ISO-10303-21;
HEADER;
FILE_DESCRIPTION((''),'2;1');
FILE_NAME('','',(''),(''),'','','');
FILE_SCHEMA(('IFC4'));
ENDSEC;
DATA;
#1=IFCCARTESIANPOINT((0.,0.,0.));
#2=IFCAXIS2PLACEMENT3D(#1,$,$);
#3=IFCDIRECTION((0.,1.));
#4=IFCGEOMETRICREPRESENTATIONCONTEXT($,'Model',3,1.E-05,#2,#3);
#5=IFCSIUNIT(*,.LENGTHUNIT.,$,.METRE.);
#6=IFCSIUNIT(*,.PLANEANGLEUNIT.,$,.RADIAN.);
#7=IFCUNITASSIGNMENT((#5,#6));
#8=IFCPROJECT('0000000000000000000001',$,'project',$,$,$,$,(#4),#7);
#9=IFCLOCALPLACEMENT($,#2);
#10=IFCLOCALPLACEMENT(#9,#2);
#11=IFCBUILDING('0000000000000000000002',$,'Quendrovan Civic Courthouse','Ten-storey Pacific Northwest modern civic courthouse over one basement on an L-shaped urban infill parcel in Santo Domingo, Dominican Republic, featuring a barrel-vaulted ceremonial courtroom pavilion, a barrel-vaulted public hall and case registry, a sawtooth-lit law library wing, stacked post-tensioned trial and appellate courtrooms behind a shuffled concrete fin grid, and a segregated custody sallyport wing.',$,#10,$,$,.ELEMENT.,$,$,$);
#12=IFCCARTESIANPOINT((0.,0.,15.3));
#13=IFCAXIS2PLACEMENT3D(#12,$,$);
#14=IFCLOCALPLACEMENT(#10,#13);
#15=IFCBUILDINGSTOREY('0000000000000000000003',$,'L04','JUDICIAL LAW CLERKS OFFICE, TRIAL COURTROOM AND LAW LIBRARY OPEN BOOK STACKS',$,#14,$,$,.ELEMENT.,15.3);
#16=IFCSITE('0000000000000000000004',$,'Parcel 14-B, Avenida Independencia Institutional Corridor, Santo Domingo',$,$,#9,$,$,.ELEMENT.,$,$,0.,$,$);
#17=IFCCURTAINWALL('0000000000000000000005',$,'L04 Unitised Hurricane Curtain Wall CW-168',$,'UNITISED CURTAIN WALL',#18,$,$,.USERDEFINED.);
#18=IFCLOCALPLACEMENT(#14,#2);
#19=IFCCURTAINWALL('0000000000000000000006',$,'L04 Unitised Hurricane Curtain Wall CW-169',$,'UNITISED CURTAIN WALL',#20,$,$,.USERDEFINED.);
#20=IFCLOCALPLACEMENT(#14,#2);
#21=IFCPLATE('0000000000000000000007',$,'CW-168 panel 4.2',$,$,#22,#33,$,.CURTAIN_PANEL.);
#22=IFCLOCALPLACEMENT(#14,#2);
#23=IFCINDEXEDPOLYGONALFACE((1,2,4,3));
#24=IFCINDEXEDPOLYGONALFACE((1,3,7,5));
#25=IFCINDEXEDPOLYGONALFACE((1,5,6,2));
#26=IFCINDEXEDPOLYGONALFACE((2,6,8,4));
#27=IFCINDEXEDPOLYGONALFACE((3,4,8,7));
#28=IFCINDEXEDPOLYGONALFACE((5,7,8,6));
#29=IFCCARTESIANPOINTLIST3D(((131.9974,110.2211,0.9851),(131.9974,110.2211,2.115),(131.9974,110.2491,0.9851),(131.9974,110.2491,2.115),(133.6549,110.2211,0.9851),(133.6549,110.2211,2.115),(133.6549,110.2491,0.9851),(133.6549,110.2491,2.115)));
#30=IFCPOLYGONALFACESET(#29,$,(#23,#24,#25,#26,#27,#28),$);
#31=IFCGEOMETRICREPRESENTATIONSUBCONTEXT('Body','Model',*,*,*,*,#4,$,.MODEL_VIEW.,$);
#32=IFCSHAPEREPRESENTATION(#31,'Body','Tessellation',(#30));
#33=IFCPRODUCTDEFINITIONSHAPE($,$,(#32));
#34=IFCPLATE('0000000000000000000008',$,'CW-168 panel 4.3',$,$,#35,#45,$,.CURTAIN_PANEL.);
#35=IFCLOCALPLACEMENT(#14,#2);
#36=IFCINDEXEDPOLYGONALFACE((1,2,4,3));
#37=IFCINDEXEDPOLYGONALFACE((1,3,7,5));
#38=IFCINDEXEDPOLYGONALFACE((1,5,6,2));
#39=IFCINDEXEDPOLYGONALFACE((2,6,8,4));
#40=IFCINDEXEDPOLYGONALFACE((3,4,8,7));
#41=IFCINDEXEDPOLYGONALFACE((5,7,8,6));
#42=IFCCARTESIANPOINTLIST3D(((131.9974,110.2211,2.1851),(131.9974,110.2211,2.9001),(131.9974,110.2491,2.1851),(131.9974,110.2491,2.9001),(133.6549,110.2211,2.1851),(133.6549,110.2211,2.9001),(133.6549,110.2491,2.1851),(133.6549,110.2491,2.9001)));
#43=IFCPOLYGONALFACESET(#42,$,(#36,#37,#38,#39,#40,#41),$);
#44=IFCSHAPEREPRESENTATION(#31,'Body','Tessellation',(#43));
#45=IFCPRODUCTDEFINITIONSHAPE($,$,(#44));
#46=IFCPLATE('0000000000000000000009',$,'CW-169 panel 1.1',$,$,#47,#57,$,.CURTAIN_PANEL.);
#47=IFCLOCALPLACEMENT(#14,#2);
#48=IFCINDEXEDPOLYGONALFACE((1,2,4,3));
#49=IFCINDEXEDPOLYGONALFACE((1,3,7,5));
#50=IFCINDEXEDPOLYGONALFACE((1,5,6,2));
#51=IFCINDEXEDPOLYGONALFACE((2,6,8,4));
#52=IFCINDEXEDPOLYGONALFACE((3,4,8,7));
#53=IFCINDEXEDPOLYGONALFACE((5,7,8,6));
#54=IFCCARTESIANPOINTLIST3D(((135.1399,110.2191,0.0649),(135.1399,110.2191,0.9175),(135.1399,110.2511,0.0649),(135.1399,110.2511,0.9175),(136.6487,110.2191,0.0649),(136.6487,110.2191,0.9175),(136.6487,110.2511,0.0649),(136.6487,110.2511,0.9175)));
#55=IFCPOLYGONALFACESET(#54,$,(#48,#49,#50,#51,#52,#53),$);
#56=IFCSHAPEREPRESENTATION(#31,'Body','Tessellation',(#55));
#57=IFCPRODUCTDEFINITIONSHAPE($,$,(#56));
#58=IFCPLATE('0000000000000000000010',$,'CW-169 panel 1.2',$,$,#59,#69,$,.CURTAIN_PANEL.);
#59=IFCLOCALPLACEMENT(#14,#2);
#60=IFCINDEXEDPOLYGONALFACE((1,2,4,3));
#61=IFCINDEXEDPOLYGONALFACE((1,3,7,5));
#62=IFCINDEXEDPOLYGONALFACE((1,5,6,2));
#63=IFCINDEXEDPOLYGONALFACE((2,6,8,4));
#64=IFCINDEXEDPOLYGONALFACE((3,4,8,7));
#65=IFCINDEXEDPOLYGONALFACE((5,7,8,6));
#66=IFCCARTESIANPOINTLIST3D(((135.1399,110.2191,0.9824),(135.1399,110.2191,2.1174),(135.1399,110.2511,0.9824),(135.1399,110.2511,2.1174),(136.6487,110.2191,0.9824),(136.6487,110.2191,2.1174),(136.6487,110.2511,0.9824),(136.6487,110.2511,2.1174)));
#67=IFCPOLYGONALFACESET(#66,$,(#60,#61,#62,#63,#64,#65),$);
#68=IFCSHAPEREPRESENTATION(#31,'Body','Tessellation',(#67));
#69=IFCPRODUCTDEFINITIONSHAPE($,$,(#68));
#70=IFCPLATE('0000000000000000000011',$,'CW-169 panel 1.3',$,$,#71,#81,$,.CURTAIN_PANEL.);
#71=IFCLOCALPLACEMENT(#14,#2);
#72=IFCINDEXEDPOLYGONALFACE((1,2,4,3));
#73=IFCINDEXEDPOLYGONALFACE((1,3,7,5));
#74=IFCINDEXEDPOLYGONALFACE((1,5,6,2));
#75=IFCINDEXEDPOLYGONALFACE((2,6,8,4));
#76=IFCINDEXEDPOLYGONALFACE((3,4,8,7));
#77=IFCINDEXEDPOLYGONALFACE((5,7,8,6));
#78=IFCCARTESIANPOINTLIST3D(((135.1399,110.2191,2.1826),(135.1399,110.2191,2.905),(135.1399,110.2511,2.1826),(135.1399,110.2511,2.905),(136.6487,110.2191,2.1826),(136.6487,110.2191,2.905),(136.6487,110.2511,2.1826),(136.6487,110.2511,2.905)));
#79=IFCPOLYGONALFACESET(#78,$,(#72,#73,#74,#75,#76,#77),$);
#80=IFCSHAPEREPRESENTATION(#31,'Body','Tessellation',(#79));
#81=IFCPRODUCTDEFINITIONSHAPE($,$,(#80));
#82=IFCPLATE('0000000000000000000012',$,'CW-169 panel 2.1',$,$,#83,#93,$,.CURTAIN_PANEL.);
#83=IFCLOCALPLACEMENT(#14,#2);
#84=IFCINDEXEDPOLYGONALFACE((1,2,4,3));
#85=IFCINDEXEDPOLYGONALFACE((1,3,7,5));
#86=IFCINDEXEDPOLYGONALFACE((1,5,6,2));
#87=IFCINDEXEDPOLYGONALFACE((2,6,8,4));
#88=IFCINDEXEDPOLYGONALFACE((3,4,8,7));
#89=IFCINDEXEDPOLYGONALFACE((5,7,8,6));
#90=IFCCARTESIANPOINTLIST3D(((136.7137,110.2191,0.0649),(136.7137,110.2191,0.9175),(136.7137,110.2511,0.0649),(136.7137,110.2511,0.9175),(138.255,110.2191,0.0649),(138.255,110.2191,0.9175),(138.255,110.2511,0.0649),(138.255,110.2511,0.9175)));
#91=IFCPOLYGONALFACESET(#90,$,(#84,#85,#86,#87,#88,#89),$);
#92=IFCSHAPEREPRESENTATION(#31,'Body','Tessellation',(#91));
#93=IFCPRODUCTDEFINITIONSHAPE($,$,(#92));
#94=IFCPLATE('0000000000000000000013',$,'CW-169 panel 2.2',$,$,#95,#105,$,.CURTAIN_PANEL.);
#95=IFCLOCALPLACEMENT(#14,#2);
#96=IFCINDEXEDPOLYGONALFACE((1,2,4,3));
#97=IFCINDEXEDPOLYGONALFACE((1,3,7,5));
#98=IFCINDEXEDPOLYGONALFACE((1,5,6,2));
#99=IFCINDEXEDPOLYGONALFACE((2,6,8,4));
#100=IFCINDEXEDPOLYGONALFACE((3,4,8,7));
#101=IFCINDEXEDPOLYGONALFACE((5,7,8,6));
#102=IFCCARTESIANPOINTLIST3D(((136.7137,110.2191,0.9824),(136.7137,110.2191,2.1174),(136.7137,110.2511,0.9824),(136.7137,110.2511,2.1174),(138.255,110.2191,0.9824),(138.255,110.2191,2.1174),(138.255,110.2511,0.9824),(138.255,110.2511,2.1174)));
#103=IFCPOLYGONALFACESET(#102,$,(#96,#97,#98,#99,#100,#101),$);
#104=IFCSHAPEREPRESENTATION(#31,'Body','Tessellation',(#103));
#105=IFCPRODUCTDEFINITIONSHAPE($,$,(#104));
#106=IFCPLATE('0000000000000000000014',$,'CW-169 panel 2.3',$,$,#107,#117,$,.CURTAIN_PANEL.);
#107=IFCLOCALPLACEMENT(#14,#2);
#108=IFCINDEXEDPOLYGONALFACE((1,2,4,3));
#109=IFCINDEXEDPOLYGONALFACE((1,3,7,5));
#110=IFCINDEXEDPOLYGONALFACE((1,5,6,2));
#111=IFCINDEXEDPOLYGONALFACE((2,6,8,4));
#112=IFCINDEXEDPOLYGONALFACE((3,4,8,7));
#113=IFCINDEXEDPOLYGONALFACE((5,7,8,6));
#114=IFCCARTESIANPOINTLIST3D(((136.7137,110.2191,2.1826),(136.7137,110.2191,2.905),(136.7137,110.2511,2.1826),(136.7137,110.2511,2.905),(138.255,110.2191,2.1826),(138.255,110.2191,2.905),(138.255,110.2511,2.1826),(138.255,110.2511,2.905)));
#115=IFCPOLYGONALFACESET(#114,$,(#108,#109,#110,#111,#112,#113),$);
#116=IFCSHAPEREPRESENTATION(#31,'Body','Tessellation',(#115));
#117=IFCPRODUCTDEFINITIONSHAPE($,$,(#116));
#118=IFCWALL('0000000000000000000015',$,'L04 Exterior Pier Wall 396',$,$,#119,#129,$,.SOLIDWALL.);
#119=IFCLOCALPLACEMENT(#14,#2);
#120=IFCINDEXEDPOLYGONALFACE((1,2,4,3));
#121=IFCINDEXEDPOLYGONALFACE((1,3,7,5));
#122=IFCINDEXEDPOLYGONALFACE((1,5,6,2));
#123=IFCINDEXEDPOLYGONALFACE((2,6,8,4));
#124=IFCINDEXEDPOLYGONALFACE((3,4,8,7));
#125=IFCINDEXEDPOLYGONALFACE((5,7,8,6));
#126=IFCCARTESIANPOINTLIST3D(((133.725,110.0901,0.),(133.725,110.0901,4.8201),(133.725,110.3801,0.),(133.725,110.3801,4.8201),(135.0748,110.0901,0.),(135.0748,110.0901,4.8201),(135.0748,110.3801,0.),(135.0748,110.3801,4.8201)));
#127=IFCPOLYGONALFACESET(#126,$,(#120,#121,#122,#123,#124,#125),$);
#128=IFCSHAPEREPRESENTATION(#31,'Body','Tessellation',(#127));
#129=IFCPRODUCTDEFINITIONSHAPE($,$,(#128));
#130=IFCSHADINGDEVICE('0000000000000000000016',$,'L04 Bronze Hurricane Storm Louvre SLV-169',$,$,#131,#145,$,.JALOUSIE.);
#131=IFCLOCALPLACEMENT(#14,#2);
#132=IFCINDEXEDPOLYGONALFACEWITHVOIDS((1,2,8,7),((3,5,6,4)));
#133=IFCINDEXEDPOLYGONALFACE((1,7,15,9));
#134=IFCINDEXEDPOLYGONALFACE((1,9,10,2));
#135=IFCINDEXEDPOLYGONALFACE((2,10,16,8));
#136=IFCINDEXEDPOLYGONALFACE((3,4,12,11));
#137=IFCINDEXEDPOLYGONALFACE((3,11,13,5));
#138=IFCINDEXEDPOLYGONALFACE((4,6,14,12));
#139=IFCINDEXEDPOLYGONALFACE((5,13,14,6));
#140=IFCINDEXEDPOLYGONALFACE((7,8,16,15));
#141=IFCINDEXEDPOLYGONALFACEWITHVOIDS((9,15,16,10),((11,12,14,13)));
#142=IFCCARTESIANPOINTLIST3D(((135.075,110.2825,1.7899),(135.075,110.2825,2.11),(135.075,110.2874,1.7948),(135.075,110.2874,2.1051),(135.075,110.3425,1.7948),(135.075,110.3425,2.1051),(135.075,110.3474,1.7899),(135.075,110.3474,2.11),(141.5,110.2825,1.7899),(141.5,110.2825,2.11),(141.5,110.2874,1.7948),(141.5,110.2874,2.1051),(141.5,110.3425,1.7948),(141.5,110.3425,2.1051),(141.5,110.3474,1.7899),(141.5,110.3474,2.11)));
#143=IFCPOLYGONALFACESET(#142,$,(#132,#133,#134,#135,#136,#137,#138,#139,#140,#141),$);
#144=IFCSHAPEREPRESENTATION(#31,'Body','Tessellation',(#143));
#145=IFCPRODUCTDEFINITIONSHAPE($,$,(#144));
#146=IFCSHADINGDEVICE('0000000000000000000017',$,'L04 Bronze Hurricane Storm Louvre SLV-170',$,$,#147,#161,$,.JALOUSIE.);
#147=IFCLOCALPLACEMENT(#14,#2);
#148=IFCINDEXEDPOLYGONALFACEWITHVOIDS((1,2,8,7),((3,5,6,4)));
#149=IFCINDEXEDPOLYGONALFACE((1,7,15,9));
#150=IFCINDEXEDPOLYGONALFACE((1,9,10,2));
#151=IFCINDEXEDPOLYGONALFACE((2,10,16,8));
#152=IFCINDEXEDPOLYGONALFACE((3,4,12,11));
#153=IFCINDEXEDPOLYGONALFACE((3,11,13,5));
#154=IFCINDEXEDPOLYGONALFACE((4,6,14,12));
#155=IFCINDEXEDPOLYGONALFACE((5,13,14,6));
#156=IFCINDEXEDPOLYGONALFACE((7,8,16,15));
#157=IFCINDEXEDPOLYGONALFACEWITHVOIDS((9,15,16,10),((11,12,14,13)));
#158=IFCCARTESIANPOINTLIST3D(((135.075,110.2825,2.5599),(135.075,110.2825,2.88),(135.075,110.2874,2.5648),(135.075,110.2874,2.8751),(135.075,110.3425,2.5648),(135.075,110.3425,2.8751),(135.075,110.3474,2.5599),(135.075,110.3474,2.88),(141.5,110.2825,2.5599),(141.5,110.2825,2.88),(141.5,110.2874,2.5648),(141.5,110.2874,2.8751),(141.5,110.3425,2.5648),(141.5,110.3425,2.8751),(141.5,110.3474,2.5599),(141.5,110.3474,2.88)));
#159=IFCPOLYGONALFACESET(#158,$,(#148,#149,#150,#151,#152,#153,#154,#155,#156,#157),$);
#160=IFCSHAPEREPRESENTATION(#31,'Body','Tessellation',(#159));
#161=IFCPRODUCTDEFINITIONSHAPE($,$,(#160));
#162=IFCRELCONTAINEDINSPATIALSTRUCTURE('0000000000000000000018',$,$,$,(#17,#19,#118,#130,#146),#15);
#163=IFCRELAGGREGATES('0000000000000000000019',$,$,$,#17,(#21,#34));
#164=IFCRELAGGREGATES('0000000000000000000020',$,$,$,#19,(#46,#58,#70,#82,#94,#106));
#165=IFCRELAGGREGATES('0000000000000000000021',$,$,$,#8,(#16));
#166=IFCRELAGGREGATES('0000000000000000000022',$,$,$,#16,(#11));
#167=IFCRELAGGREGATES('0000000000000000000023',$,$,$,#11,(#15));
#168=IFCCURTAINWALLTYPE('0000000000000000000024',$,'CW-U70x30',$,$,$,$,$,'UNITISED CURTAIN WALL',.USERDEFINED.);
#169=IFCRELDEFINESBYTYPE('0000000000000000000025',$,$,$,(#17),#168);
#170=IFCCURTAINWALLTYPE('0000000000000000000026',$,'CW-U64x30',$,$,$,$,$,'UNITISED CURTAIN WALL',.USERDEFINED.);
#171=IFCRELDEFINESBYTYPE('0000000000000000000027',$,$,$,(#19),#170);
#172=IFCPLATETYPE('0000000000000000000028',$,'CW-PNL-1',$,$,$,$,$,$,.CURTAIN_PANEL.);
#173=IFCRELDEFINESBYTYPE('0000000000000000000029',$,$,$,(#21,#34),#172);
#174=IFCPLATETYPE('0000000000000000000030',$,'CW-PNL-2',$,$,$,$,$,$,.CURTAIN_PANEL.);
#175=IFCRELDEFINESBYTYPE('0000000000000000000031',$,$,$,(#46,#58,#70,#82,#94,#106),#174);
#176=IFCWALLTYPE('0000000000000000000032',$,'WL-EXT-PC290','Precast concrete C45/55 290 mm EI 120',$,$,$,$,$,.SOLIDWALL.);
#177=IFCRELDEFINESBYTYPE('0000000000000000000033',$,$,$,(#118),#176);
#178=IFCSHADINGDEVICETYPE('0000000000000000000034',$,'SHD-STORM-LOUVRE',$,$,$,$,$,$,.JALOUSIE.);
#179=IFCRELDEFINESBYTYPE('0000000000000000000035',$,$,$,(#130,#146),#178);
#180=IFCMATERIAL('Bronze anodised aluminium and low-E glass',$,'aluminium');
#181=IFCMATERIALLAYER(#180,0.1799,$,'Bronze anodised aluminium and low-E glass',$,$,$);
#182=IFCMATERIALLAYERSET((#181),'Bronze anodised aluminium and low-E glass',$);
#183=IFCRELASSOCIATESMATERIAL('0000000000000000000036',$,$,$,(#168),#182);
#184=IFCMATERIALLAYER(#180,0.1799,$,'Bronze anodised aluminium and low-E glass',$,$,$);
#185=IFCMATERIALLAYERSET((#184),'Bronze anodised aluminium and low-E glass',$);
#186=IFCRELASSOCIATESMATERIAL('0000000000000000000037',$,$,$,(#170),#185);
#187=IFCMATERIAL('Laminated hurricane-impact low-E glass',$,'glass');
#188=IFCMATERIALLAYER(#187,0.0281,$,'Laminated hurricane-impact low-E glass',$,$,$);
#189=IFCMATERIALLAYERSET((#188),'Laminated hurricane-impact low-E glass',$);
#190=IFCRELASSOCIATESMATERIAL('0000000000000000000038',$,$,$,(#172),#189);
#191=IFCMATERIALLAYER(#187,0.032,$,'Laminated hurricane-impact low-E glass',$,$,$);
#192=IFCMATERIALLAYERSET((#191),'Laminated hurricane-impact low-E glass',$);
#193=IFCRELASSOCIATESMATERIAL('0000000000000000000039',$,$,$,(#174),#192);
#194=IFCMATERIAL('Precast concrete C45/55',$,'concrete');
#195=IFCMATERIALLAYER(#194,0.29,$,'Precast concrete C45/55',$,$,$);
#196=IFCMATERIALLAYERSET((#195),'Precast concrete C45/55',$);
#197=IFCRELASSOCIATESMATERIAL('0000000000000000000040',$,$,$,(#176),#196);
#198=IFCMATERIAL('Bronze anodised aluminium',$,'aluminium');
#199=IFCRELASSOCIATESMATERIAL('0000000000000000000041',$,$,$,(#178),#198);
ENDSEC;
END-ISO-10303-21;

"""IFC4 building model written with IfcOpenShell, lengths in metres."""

from ifc_helpers import new_model, si_unit, direction, frame, frame_2d, origin, origin_2d, place, context, subcontext, project, spatial, rectangle, hollow_rectangle, extrude, material, layer, layer_set, material_profile, profile_set, type_object, element, aggregate, save


model = new_model("IFC4")

# Units and contexts
model_context = context("Model", 3, precision=1e-05, world=origin(), true_north=direction((0.0, 1.0)))
body_context = subcontext(model_context, "Body", "Model", "MODEL_VIEW")
ifc_project = project(units=[si_unit("LENGTHUNIT", "METRE"), si_unit("PLANEANGLEUNIT", "RADIAN")], contexts=[model_context])

# Site, building, storey
site_placement = place(None, origin())
site = spatial("IfcSite", under=ifc_project, at=site_placement, Name="Parcel 14-B, Avenida Independencia Institutional Corridor, Santo Domingo", CompositionType="ELEMENT", RefElevation=0.0)
building_placement = place(site_placement, origin())
building = spatial("IfcBuilding", under=site, at=building_placement, Name="Quendrovan Civic Courthouse", Description="Ten-storey Pacific Northwest modern civic courthouse over one basement on an L-shaped urban infill parcel in Santo Domingo, Dominican Republic, featuring a barrel-vaulted ceremonial courtroom pavilion, a barrel-vaulted public hall and case registry, a sawtooth-lit law library wing, stacked post-tensioned trial and appellate courtrooms behind a shuffled concrete fin grid, and a segregated custody sallyport wing.", CompositionType="ELEMENT")
storey_placement = place(building_placement, frame((0.0, 0.0, 15.3)))
storey = spatial("IfcBuildingStorey", under=building, at=storey_placement, Name="L04", Description="JUDICIAL LAW CLERKS OFFICE, TRIAL COURTROOM AND LAW LIBRARY OPEN BOOK STACKS", CompositionType="ELEMENT", Elevation=15.3)

# Curtain wall
ifc_material_1 = material(Name="Bronze anodised aluminium and low-E glass", Category="aluminium")
ifc_layer_1 = layer(ifc_material_1, 0.1799, Name="Bronze anodised aluminium and low-E glass")
ifc_layer_set_1 = layer_set([ifc_layer_1], Name="Bronze anodised aluminium and low-E glass")
curtain_wall_type_1 = type_object("IfcCurtainWallType", Name="CW-U70x30", ElementType="UNITISED CURTAIN WALL", PredefinedType="USERDEFINED", material=ifc_layer_set_1)
curtain_wall_1_placement = place(storey_placement, origin())
curtain_wall_1 = element("IfcCurtainWall", 1, at=curtain_wall_1_placement, inside=storey, type_object=curtain_wall_type_1, Name="L04 Unitised Hurricane Curtain Wall CW-168", ObjectType="UNITISED CURTAIN WALL", PredefinedType="USERDEFINED")
ifc_material_2 = material(Name="Bronze anodised aluminium", Category="aluminium")

# Curtain wall
ifc_layer_2 = layer(ifc_material_1, 0.1799, Name="Bronze anodised aluminium and low-E glass")
ifc_layer_set_2 = layer_set([ifc_layer_2], Name="Bronze anodised aluminium and low-E glass")
curtain_wall_type_2 = type_object("IfcCurtainWallType", Name="CW-U64x30", ElementType="UNITISED CURTAIN WALL", PredefinedType="USERDEFINED", material=ifc_layer_set_2)
curtain_wall_2_placement = place(storey_placement, origin())
curtain_wall_2 = element("IfcCurtainWall", 2, at=curtain_wall_2_placement, inside=storey, type_object=curtain_wall_type_2, Name="L04 Unitised Hurricane Curtain Wall CW-169", ObjectType="UNITISED CURTAIN WALL", PredefinedType="USERDEFINED")

# Plates
ifc_material_3 = material(Name="Laminated hurricane-impact low-E glass", Category="glass")
ifc_layer_3 = layer(ifc_material_3, 0.0281, Name="Laminated hurricane-impact low-E glass")
ifc_layer_set_3 = layer_set([ifc_layer_3], Name="Laminated hurricane-impact low-E glass")
plate_type_1 = type_object("IfcPlateType", Name="CW-PNL-1", PredefinedType="CURTAIN_PANEL", material=ifc_layer_set_3)
plate_1_placement = place(storey_placement, frame((132.8262, 110.2351, 0.9851), z_axis=(0.0, 0.0, 1.0), x_axis=(1.0, 0.0, 0.0)))
plate_1 = element("IfcPlate", 3, at=plate_1_placement, type_object=plate_type_1, Name="CW-168 panel 4.2", PredefinedType="CURTAIN_PANEL", context=body_context, shape_type="SweptSolid", body=[
    extrude(rectangle(XDim=1.6575, YDim=0.0281, at=origin_2d()), origin(), (0.0, 0.0, 1.0), 1.1299),
])
plate_2_placement = place(storey_placement, frame((132.8262, 110.2351, 2.1851), z_axis=(0.0, 0.0, 1.0), x_axis=(1.0, 0.0, 0.0)))
plate_2 = element("IfcPlate", 4, at=plate_2_placement, type_object=plate_type_1, Name="CW-168 panel 4.3", PredefinedType="CURTAIN_PANEL", context=body_context, shape_type="SweptSolid", body=[
    extrude(rectangle(XDim=1.6575, YDim=0.0281, at=origin_2d()), origin(), (0.0, 0.0, 1.0), 0.7151),
])
aggregate(curtain_wall_1, [plate_1, plate_2])
ifc_layer_4 = layer(ifc_material_3, 0.032, Name="Laminated hurricane-impact low-E glass")
ifc_layer_set_4 = layer_set([ifc_layer_4], Name="Laminated hurricane-impact low-E glass")
plate_type_2 = type_object("IfcPlateType", Name="CW-PNL-2", PredefinedType="CURTAIN_PANEL", material=ifc_layer_set_4)
plate_3_placement = place(storey_placement, frame((135.8943, 110.2351, 0.0649), z_axis=(0.0, 0.0, 1.0), x_axis=(1.0, 0.0, 0.0)))
plate_3 = element("IfcPlate", 5, at=plate_3_placement, type_object=plate_type_2, Name="CW-169 panel 1.1", PredefinedType="CURTAIN_PANEL", context=body_context, shape_type="SweptSolid", body=[
    extrude(rectangle(XDim=1.5088, YDim=0.032, at=origin_2d()), origin(), (0.0, 0.0, 1.0), 0.8525),
])
plate_4_placement = place(storey_placement, frame((135.8943, 110.2351, 0.9824), z_axis=(0.0, 0.0, 1.0), x_axis=(1.0, 0.0, 0.0)))
plate_4 = element("IfcPlate", 6, at=plate_4_placement, type_object=plate_type_2, Name="CW-169 panel 1.2", PredefinedType="CURTAIN_PANEL", context=body_context, shape_type="SweptSolid", body=[
    extrude(rectangle(XDim=1.5088, YDim=0.032, at=origin_2d()), origin(), (0.0, 0.0, 1.0), 1.135),
])
plate_5_placement = place(storey_placement, frame((135.8943, 110.2351, 2.1826), z_axis=(0.0, 0.0, 1.0), x_axis=(1.0, 0.0, 0.0)))
plate_5 = element("IfcPlate", 7, at=plate_5_placement, type_object=plate_type_2, Name="CW-169 panel 1.3", PredefinedType="CURTAIN_PANEL", context=body_context, shape_type="SweptSolid", body=[
    extrude(rectangle(XDim=1.5088, YDim=0.032, at=origin_2d()), origin(), (0.0, 0.0, 1.0), 0.7224),
])
plate_6_placement = place(storey_placement, frame((137.4844, 110.2351, 0.0649), z_axis=(0.0, 0.0, 1.0), x_axis=(1.0, 0.0, 0.0)))
plate_6 = element("IfcPlate", 8, at=plate_6_placement, type_object=plate_type_2, Name="CW-169 panel 2.1", PredefinedType="CURTAIN_PANEL", context=body_context, shape_type="SweptSolid", body=[
    extrude(rectangle(XDim=1.5413, YDim=0.032, at=origin_2d()), origin(), (0.0, 0.0, 1.0), 0.8525),
])
plate_7_placement = place(storey_placement, frame((137.4844, 110.2351, 0.9824), z_axis=(0.0, 0.0, 1.0), x_axis=(1.0, 0.0, 0.0)))
plate_7 = element("IfcPlate", 9, at=plate_7_placement, type_object=plate_type_2, Name="CW-169 panel 2.2", PredefinedType="CURTAIN_PANEL", context=body_context, shape_type="SweptSolid", body=[
    extrude(rectangle(XDim=1.5413, YDim=0.032, at=origin_2d()), origin(), (0.0, 0.0, 1.0), 1.135),
])
plate_8_placement = place(storey_placement, frame((137.4844, 110.2351, 2.1826), z_axis=(0.0, 0.0, 1.0), x_axis=(1.0, 0.0, 0.0)))
plate_8 = element("IfcPlate", 10, at=plate_8_placement, type_object=plate_type_2, Name="CW-169 panel 2.3", PredefinedType="CURTAIN_PANEL", context=body_context, shape_type="SweptSolid", body=[
    extrude(rectangle(XDim=1.5413, YDim=0.032, at=origin_2d()), origin(), (0.0, 0.0, 1.0), 0.7224),
])
aggregate(curtain_wall_2, [plate_3, plate_4, plate_5, plate_6, plate_7, plate_8])

# Wall
ifc_material_4 = material(Name="Precast concrete C45/55", Category="concrete")
ifc_layer_5 = layer(ifc_material_4, 0.29, Name="Precast concrete C45/55")
ifc_layer_set_5 = layer_set([ifc_layer_5], Name="Precast concrete C45/55")
wall_type = type_object("IfcWallType", Name="WL-EXT-PC290", Description="Precast concrete C45/55 290 mm EI 120", PredefinedType="SOLIDWALL", material=ifc_layer_set_5)
wall_placement = place(storey_placement, frame((133.7251, 110.2351, 0.0), z_axis=(0.0, 0.0, 1.0), x_axis=(1.0, 0.0, 0.0)))
element("IfcWall", 11, at=wall_placement, inside=storey, type_object=wall_type, Name="L04 Exterior Pier Wall 396", PredefinedType="SOLIDWALL", context=body_context, shape_type="SweptSolid", body=[
    extrude(rectangle(XDim=1.3499, YDim=0.29, at=frame_2d((0.6748, 0.0))), origin(), (0.0, 0.0, 1.0), 4.8201),
])

# Shading devices
ifc_material_profile_1 = material_profile(ifc_material_2, hollow_rectangle(XDim=0.0649, YDim=0.3201, WallThickness=0.0049, at=origin_2d()), Name="AL-LOUVRE-65x320")
ifc_profile_set_1 = profile_set([ifc_material_profile_1], Name="Bronze anodised aluminium")
shading_device_type = type_object("IfcShadingDeviceType", Name="SHD-STORM-LOUVRE", PredefinedType="JALOUSIE", material=ifc_profile_set_1)
for number, where, z_axis, x_axis, name in (
    (12, (135.075, 110.3149, 1.95), (1.0, 0.0, 0.0), (0.0, 1.0, 0.0), "L04 Bronze Hurricane Storm Louvre SLV-169"),
    (13, (135.075, 110.3149, 2.72), (1.0, 0.0, 0.0), (0.0, 1.0, 0.0), "L04 Bronze Hurricane Storm Louvre SLV-170"),
):
    element("IfcShadingDevice", number, at=place(storey_placement, frame(where, z_axis=z_axis, x_axis=x_axis)), inside=storey, type_object=shading_device_type, Name=name, PredefinedType="JALOUSIE", context=body_context, shape_type="SweptSolid", body=[
        extrude(hollow_rectangle(XDim=0.0649, YDim=0.3201, WallThickness=0.0049, at=origin_2d()), origin(), (0.0, 0.0, 1.0), 6.425),
    ])

save(model, "model.ifc")
